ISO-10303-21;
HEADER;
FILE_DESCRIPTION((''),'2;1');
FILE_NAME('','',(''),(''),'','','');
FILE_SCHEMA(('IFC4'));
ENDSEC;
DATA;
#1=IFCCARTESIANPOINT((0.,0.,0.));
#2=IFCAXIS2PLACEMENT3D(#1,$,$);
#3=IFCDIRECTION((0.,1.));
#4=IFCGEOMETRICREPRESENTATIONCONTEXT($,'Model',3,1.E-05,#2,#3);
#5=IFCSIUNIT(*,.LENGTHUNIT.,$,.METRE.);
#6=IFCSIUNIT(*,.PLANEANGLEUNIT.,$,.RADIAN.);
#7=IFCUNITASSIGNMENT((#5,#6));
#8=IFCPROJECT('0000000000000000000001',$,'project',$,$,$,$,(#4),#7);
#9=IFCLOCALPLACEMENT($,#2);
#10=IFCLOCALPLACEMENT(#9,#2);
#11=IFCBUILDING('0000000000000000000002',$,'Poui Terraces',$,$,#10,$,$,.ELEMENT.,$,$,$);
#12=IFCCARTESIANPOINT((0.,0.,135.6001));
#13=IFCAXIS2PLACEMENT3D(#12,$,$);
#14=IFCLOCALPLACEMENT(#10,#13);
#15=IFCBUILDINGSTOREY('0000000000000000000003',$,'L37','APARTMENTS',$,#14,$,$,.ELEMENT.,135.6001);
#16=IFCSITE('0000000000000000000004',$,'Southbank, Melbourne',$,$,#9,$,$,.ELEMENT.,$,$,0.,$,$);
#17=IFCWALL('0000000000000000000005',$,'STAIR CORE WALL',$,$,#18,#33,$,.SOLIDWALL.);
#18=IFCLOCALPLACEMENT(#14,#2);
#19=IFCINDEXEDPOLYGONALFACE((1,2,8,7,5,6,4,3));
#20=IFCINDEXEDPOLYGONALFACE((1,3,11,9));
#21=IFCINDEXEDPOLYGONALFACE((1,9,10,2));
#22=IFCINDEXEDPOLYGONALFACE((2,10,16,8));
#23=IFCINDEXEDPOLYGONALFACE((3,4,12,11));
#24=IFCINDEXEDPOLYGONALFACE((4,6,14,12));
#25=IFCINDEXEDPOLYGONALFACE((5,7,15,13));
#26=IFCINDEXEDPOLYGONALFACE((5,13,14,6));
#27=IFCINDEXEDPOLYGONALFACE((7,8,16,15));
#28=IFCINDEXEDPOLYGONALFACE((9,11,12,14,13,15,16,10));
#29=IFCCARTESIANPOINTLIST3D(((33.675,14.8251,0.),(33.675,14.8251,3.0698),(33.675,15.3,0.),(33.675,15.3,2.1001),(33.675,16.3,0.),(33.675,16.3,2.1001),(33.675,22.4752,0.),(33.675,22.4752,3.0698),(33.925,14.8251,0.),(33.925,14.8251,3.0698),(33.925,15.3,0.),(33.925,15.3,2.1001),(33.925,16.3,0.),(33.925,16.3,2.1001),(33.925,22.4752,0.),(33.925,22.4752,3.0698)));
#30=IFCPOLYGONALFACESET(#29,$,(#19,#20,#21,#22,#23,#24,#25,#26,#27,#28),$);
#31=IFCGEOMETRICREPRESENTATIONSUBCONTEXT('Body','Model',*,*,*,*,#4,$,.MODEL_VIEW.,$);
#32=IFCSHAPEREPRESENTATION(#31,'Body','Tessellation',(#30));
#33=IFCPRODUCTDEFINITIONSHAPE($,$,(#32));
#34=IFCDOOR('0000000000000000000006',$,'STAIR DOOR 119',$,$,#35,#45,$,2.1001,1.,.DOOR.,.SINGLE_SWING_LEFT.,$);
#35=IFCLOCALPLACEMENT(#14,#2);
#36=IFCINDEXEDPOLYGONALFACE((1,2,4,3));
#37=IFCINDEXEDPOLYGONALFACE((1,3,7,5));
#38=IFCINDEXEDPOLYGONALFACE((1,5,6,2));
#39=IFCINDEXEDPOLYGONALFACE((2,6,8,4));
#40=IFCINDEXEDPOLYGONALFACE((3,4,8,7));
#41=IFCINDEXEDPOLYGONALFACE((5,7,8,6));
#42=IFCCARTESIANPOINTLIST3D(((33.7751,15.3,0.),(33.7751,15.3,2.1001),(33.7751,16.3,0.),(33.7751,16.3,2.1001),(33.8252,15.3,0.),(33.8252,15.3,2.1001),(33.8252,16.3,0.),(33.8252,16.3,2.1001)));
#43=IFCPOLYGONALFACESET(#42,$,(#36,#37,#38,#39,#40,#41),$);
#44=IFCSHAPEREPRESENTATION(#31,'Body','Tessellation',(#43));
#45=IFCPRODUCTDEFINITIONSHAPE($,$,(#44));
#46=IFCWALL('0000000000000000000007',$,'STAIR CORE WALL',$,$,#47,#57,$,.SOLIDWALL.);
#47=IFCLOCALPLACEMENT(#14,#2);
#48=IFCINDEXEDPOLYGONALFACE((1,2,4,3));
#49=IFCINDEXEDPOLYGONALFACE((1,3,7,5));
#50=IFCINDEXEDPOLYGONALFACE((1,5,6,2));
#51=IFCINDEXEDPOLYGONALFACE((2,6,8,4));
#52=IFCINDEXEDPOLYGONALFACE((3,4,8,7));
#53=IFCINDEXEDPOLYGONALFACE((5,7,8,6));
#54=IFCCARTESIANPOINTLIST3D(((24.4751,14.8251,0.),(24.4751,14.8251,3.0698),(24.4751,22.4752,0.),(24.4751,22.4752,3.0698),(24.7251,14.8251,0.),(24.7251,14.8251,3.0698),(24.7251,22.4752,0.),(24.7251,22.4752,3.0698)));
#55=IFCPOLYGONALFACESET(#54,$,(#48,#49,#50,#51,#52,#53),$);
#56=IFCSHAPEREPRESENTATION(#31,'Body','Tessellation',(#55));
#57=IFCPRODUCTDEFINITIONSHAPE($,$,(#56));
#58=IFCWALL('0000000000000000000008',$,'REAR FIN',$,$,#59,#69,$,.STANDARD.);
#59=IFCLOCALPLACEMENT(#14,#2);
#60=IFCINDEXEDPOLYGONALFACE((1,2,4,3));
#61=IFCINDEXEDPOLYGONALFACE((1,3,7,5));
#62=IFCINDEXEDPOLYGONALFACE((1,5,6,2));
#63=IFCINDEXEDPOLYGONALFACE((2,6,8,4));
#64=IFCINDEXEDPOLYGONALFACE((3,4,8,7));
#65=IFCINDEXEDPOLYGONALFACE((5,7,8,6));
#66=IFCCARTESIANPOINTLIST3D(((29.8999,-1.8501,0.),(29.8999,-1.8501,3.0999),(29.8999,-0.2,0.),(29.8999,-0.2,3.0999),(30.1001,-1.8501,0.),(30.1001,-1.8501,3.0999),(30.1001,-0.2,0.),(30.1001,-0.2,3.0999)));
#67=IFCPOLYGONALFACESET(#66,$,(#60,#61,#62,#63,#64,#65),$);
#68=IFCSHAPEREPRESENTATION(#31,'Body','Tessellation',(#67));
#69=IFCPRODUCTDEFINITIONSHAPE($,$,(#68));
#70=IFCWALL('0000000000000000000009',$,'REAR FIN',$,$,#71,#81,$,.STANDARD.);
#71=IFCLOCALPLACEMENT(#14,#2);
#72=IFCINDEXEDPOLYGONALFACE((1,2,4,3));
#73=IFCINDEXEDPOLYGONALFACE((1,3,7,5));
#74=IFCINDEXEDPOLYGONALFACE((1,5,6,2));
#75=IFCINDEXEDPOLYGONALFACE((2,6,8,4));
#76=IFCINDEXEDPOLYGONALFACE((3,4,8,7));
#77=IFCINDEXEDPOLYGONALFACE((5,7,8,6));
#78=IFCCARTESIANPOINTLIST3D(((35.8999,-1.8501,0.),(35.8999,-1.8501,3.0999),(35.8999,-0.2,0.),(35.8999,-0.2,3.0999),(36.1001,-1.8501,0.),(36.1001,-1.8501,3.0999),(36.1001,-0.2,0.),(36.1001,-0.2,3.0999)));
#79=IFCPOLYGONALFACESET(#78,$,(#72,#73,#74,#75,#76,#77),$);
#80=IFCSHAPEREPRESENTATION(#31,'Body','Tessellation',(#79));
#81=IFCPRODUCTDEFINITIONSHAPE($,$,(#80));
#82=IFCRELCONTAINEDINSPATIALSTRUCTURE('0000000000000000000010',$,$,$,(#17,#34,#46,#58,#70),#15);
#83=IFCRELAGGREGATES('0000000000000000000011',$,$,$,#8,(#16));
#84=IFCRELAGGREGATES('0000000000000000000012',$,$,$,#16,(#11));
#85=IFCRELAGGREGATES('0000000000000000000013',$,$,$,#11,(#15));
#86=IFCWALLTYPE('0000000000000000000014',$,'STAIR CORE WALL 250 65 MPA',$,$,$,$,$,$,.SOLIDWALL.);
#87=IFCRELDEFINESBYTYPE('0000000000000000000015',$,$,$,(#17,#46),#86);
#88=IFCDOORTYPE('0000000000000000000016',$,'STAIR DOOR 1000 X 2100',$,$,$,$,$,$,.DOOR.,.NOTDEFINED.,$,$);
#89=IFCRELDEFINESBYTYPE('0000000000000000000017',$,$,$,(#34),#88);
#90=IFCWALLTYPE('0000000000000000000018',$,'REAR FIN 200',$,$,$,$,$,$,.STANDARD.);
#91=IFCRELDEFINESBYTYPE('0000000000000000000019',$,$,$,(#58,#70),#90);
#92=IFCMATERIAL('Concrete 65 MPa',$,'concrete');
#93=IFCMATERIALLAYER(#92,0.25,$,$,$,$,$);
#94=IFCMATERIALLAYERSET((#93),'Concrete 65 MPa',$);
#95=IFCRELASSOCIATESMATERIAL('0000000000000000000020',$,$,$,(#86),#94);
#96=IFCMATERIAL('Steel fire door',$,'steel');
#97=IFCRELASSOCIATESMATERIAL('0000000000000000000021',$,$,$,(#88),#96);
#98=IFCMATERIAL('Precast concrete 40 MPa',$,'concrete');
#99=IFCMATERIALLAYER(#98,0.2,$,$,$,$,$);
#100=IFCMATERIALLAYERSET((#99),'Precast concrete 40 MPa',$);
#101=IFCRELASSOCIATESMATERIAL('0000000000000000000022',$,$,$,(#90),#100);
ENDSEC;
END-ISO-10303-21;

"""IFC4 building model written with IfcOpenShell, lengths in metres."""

from ifc_helpers import new_model, si_unit, direction, frame, frame_2d, origin, place, context, subcontext, project, spatial, polyline, rectangle, outline, extrude, source, transform, mapped, material, layer, layer_set, type_object, element, fill, save


model = new_model("IFC4")

# Units and contexts
model_context = context("Model", 3, precision=1e-05, world=origin(), true_north=direction((0.0, 1.0)))
body_context = subcontext(model_context, "Body", "Model", "MODEL_VIEW")
ifc_project = project(units=[si_unit("LENGTHUNIT", "METRE"), si_unit("PLANEANGLEUNIT", "RADIAN")], contexts=[model_context])

# Site, building, storey
site_placement = place(None, origin())
site = spatial("IfcSite", under=ifc_project, at=site_placement, Name="Southbank, Melbourne", CompositionType="ELEMENT", RefElevation=0.0)
building_placement = place(site_placement, origin())
building = spatial("IfcBuilding", under=site, at=building_placement, Name="Poui Terraces", CompositionType="ELEMENT")
storey_placement = place(building_placement, frame((0.0, 0.0, 135.6001)))
storey = spatial("IfcBuildingStorey", under=building, at=storey_placement, Name="L37", Description="APARTMENTS", CompositionType="ELEMENT", Elevation=135.6001)

# Shared definitions
ifc_material_1 = material(Name="Concrete 65 MPa", Category="concrete")

# Shared definitions
ifc_material_2 = material(Name="Precast concrete 40 MPa", Category="concrete")

# Shared definitions
ifc_material_3 = material(Name="Steel fire door", Category="steel")

# Shared definitions
ifc_layer_1 = layer(ifc_material_1, 0.25)
ifc_layer_set_1 = layer_set([ifc_layer_1], Name="Concrete 65 MPa")
wall_type_1 = type_object("IfcWallType", Name="STAIR CORE WALL 250 65 MPA", PredefinedType="SOLIDWALL", material=ifc_layer_set_1)

# Wall, opening, door
wall_1_placement = place(storey_placement, frame((33.8, 14.825, 0.0), z_axis=(0.0, 0.0, 1.0), x_axis=(0.0, 1.0, 0.0)))
wall_1 = element("IfcWall", 1, at=wall_1_placement, inside=storey, type_object=wall_type_1, Name="STAIR CORE WALL", PredefinedType="SOLIDWALL", context=body_context, shape_type="SweptSolid", body=[
    extrude(rectangle(XDim=7.6501, YDim=0.25, at=frame_2d((3.8252, 0.0))), origin(), (0.0, 0.0, 1.0), 3.0698),
])
opening_1_placement = place(wall_1_placement, frame((0.4751, 0.0, 0.0)))
opening_1 = element("IfcOpeningElement", 2, at=opening_1_placement, cuts=wall_1, PredefinedType="OPENING", context=body_context, shape_type="SweptSolid", body=[
    extrude(rectangle(XDim=1.0, YDim=2.1001, at=frame_2d((0.5, 1.05))), frame((0.0, 0.135, 0.0), z_axis=(0.0, -1.0, 0.0), x_axis=(1.0, 0.0, 0.0)), (0.0, 0.0, 1.0), 0.27),
])
door_type_1 = type_object("IfcDoorType", Name="STAIR DOOR 1000 X 2100", OperationType="NOTDEFINED", PredefinedType="DOOR", material=ifc_material_3)
door_1_placement = place(opening_1_placement, origin())
door_1 = element("IfcDoor", 3, at=door_1_placement, inside=storey, type_object=door_type_1, Name="STAIR DOOR 119", OperationType="SINGLE_SWING_LEFT", OverallHeight=2.1001, OverallWidth=1.0, PredefinedType="DOOR", context=body_context, shape_type="SweptSolid", body=[
    extrude(rectangle(XDim=1.0, YDim=2.1001, at=frame_2d((0.5, 1.05))), frame((0.0, 0.0249, 0.0), z_axis=(0.0, -1.0, 0.0), x_axis=(1.0, 0.0, 0.0)), (0.0, 0.0, 1.0), 0.05),
])
fill(opening_1, door_1)

# Walls
wall_2_placement = place(storey_placement, frame((24.6001, 14.825, 0.0), z_axis=(0.0, 0.0, 1.0), x_axis=(0.0, 1.0, 0.0)))
element("IfcWall", 4, at=wall_2_placement, inside=storey, type_object=wall_type_1, Name="STAIR CORE WALL", PredefinedType="SOLIDWALL", context=body_context, shape_type="SweptSolid", body=[
    extrude(rectangle(XDim=7.6501, YDim=0.25, at=frame_2d((3.8252, 0.0))), origin(), (0.0, 0.0, 1.0), 3.0698),
])
ifc_layer_2 = layer(ifc_material_2, 0.2)
ifc_layer_set_2 = layer_set([ifc_layer_2], Name="Precast concrete 40 MPa")
wall_type_2 = type_object("IfcWallType", Name="REAR FIN 200", PredefinedType="STANDARD", material=ifc_layer_set_2)
shared_shape_1 = source(origin(), body_context, "Body", "SweptSolid", [
    extrude(outline(polyline([(0.0, 0.0), (0.2002, 0.0), (0.2002, 1.6501), (0.0, 1.6501), (0.0, 0.0)])), origin(), (0.0, 0.0, 1.0), 3.0999),
])
for number, where, name in (
    (5, (29.8999, -1.8501, 0.0), "REAR FIN"),
    (6, (35.8999, -1.8501, 0.0), "REAR FIN"),
):
    element("IfcWall", number, at=place(storey_placement, frame(where)), inside=storey, type_object=wall_type_2, Name=name, PredefinedType="STANDARD", context=body_context, shape_type="MappedRepresentation", body=[
        mapped(shared_shape_1, transform((0.0, 0.0, 0.0))),
    ])

save(model, "model.ifc")
